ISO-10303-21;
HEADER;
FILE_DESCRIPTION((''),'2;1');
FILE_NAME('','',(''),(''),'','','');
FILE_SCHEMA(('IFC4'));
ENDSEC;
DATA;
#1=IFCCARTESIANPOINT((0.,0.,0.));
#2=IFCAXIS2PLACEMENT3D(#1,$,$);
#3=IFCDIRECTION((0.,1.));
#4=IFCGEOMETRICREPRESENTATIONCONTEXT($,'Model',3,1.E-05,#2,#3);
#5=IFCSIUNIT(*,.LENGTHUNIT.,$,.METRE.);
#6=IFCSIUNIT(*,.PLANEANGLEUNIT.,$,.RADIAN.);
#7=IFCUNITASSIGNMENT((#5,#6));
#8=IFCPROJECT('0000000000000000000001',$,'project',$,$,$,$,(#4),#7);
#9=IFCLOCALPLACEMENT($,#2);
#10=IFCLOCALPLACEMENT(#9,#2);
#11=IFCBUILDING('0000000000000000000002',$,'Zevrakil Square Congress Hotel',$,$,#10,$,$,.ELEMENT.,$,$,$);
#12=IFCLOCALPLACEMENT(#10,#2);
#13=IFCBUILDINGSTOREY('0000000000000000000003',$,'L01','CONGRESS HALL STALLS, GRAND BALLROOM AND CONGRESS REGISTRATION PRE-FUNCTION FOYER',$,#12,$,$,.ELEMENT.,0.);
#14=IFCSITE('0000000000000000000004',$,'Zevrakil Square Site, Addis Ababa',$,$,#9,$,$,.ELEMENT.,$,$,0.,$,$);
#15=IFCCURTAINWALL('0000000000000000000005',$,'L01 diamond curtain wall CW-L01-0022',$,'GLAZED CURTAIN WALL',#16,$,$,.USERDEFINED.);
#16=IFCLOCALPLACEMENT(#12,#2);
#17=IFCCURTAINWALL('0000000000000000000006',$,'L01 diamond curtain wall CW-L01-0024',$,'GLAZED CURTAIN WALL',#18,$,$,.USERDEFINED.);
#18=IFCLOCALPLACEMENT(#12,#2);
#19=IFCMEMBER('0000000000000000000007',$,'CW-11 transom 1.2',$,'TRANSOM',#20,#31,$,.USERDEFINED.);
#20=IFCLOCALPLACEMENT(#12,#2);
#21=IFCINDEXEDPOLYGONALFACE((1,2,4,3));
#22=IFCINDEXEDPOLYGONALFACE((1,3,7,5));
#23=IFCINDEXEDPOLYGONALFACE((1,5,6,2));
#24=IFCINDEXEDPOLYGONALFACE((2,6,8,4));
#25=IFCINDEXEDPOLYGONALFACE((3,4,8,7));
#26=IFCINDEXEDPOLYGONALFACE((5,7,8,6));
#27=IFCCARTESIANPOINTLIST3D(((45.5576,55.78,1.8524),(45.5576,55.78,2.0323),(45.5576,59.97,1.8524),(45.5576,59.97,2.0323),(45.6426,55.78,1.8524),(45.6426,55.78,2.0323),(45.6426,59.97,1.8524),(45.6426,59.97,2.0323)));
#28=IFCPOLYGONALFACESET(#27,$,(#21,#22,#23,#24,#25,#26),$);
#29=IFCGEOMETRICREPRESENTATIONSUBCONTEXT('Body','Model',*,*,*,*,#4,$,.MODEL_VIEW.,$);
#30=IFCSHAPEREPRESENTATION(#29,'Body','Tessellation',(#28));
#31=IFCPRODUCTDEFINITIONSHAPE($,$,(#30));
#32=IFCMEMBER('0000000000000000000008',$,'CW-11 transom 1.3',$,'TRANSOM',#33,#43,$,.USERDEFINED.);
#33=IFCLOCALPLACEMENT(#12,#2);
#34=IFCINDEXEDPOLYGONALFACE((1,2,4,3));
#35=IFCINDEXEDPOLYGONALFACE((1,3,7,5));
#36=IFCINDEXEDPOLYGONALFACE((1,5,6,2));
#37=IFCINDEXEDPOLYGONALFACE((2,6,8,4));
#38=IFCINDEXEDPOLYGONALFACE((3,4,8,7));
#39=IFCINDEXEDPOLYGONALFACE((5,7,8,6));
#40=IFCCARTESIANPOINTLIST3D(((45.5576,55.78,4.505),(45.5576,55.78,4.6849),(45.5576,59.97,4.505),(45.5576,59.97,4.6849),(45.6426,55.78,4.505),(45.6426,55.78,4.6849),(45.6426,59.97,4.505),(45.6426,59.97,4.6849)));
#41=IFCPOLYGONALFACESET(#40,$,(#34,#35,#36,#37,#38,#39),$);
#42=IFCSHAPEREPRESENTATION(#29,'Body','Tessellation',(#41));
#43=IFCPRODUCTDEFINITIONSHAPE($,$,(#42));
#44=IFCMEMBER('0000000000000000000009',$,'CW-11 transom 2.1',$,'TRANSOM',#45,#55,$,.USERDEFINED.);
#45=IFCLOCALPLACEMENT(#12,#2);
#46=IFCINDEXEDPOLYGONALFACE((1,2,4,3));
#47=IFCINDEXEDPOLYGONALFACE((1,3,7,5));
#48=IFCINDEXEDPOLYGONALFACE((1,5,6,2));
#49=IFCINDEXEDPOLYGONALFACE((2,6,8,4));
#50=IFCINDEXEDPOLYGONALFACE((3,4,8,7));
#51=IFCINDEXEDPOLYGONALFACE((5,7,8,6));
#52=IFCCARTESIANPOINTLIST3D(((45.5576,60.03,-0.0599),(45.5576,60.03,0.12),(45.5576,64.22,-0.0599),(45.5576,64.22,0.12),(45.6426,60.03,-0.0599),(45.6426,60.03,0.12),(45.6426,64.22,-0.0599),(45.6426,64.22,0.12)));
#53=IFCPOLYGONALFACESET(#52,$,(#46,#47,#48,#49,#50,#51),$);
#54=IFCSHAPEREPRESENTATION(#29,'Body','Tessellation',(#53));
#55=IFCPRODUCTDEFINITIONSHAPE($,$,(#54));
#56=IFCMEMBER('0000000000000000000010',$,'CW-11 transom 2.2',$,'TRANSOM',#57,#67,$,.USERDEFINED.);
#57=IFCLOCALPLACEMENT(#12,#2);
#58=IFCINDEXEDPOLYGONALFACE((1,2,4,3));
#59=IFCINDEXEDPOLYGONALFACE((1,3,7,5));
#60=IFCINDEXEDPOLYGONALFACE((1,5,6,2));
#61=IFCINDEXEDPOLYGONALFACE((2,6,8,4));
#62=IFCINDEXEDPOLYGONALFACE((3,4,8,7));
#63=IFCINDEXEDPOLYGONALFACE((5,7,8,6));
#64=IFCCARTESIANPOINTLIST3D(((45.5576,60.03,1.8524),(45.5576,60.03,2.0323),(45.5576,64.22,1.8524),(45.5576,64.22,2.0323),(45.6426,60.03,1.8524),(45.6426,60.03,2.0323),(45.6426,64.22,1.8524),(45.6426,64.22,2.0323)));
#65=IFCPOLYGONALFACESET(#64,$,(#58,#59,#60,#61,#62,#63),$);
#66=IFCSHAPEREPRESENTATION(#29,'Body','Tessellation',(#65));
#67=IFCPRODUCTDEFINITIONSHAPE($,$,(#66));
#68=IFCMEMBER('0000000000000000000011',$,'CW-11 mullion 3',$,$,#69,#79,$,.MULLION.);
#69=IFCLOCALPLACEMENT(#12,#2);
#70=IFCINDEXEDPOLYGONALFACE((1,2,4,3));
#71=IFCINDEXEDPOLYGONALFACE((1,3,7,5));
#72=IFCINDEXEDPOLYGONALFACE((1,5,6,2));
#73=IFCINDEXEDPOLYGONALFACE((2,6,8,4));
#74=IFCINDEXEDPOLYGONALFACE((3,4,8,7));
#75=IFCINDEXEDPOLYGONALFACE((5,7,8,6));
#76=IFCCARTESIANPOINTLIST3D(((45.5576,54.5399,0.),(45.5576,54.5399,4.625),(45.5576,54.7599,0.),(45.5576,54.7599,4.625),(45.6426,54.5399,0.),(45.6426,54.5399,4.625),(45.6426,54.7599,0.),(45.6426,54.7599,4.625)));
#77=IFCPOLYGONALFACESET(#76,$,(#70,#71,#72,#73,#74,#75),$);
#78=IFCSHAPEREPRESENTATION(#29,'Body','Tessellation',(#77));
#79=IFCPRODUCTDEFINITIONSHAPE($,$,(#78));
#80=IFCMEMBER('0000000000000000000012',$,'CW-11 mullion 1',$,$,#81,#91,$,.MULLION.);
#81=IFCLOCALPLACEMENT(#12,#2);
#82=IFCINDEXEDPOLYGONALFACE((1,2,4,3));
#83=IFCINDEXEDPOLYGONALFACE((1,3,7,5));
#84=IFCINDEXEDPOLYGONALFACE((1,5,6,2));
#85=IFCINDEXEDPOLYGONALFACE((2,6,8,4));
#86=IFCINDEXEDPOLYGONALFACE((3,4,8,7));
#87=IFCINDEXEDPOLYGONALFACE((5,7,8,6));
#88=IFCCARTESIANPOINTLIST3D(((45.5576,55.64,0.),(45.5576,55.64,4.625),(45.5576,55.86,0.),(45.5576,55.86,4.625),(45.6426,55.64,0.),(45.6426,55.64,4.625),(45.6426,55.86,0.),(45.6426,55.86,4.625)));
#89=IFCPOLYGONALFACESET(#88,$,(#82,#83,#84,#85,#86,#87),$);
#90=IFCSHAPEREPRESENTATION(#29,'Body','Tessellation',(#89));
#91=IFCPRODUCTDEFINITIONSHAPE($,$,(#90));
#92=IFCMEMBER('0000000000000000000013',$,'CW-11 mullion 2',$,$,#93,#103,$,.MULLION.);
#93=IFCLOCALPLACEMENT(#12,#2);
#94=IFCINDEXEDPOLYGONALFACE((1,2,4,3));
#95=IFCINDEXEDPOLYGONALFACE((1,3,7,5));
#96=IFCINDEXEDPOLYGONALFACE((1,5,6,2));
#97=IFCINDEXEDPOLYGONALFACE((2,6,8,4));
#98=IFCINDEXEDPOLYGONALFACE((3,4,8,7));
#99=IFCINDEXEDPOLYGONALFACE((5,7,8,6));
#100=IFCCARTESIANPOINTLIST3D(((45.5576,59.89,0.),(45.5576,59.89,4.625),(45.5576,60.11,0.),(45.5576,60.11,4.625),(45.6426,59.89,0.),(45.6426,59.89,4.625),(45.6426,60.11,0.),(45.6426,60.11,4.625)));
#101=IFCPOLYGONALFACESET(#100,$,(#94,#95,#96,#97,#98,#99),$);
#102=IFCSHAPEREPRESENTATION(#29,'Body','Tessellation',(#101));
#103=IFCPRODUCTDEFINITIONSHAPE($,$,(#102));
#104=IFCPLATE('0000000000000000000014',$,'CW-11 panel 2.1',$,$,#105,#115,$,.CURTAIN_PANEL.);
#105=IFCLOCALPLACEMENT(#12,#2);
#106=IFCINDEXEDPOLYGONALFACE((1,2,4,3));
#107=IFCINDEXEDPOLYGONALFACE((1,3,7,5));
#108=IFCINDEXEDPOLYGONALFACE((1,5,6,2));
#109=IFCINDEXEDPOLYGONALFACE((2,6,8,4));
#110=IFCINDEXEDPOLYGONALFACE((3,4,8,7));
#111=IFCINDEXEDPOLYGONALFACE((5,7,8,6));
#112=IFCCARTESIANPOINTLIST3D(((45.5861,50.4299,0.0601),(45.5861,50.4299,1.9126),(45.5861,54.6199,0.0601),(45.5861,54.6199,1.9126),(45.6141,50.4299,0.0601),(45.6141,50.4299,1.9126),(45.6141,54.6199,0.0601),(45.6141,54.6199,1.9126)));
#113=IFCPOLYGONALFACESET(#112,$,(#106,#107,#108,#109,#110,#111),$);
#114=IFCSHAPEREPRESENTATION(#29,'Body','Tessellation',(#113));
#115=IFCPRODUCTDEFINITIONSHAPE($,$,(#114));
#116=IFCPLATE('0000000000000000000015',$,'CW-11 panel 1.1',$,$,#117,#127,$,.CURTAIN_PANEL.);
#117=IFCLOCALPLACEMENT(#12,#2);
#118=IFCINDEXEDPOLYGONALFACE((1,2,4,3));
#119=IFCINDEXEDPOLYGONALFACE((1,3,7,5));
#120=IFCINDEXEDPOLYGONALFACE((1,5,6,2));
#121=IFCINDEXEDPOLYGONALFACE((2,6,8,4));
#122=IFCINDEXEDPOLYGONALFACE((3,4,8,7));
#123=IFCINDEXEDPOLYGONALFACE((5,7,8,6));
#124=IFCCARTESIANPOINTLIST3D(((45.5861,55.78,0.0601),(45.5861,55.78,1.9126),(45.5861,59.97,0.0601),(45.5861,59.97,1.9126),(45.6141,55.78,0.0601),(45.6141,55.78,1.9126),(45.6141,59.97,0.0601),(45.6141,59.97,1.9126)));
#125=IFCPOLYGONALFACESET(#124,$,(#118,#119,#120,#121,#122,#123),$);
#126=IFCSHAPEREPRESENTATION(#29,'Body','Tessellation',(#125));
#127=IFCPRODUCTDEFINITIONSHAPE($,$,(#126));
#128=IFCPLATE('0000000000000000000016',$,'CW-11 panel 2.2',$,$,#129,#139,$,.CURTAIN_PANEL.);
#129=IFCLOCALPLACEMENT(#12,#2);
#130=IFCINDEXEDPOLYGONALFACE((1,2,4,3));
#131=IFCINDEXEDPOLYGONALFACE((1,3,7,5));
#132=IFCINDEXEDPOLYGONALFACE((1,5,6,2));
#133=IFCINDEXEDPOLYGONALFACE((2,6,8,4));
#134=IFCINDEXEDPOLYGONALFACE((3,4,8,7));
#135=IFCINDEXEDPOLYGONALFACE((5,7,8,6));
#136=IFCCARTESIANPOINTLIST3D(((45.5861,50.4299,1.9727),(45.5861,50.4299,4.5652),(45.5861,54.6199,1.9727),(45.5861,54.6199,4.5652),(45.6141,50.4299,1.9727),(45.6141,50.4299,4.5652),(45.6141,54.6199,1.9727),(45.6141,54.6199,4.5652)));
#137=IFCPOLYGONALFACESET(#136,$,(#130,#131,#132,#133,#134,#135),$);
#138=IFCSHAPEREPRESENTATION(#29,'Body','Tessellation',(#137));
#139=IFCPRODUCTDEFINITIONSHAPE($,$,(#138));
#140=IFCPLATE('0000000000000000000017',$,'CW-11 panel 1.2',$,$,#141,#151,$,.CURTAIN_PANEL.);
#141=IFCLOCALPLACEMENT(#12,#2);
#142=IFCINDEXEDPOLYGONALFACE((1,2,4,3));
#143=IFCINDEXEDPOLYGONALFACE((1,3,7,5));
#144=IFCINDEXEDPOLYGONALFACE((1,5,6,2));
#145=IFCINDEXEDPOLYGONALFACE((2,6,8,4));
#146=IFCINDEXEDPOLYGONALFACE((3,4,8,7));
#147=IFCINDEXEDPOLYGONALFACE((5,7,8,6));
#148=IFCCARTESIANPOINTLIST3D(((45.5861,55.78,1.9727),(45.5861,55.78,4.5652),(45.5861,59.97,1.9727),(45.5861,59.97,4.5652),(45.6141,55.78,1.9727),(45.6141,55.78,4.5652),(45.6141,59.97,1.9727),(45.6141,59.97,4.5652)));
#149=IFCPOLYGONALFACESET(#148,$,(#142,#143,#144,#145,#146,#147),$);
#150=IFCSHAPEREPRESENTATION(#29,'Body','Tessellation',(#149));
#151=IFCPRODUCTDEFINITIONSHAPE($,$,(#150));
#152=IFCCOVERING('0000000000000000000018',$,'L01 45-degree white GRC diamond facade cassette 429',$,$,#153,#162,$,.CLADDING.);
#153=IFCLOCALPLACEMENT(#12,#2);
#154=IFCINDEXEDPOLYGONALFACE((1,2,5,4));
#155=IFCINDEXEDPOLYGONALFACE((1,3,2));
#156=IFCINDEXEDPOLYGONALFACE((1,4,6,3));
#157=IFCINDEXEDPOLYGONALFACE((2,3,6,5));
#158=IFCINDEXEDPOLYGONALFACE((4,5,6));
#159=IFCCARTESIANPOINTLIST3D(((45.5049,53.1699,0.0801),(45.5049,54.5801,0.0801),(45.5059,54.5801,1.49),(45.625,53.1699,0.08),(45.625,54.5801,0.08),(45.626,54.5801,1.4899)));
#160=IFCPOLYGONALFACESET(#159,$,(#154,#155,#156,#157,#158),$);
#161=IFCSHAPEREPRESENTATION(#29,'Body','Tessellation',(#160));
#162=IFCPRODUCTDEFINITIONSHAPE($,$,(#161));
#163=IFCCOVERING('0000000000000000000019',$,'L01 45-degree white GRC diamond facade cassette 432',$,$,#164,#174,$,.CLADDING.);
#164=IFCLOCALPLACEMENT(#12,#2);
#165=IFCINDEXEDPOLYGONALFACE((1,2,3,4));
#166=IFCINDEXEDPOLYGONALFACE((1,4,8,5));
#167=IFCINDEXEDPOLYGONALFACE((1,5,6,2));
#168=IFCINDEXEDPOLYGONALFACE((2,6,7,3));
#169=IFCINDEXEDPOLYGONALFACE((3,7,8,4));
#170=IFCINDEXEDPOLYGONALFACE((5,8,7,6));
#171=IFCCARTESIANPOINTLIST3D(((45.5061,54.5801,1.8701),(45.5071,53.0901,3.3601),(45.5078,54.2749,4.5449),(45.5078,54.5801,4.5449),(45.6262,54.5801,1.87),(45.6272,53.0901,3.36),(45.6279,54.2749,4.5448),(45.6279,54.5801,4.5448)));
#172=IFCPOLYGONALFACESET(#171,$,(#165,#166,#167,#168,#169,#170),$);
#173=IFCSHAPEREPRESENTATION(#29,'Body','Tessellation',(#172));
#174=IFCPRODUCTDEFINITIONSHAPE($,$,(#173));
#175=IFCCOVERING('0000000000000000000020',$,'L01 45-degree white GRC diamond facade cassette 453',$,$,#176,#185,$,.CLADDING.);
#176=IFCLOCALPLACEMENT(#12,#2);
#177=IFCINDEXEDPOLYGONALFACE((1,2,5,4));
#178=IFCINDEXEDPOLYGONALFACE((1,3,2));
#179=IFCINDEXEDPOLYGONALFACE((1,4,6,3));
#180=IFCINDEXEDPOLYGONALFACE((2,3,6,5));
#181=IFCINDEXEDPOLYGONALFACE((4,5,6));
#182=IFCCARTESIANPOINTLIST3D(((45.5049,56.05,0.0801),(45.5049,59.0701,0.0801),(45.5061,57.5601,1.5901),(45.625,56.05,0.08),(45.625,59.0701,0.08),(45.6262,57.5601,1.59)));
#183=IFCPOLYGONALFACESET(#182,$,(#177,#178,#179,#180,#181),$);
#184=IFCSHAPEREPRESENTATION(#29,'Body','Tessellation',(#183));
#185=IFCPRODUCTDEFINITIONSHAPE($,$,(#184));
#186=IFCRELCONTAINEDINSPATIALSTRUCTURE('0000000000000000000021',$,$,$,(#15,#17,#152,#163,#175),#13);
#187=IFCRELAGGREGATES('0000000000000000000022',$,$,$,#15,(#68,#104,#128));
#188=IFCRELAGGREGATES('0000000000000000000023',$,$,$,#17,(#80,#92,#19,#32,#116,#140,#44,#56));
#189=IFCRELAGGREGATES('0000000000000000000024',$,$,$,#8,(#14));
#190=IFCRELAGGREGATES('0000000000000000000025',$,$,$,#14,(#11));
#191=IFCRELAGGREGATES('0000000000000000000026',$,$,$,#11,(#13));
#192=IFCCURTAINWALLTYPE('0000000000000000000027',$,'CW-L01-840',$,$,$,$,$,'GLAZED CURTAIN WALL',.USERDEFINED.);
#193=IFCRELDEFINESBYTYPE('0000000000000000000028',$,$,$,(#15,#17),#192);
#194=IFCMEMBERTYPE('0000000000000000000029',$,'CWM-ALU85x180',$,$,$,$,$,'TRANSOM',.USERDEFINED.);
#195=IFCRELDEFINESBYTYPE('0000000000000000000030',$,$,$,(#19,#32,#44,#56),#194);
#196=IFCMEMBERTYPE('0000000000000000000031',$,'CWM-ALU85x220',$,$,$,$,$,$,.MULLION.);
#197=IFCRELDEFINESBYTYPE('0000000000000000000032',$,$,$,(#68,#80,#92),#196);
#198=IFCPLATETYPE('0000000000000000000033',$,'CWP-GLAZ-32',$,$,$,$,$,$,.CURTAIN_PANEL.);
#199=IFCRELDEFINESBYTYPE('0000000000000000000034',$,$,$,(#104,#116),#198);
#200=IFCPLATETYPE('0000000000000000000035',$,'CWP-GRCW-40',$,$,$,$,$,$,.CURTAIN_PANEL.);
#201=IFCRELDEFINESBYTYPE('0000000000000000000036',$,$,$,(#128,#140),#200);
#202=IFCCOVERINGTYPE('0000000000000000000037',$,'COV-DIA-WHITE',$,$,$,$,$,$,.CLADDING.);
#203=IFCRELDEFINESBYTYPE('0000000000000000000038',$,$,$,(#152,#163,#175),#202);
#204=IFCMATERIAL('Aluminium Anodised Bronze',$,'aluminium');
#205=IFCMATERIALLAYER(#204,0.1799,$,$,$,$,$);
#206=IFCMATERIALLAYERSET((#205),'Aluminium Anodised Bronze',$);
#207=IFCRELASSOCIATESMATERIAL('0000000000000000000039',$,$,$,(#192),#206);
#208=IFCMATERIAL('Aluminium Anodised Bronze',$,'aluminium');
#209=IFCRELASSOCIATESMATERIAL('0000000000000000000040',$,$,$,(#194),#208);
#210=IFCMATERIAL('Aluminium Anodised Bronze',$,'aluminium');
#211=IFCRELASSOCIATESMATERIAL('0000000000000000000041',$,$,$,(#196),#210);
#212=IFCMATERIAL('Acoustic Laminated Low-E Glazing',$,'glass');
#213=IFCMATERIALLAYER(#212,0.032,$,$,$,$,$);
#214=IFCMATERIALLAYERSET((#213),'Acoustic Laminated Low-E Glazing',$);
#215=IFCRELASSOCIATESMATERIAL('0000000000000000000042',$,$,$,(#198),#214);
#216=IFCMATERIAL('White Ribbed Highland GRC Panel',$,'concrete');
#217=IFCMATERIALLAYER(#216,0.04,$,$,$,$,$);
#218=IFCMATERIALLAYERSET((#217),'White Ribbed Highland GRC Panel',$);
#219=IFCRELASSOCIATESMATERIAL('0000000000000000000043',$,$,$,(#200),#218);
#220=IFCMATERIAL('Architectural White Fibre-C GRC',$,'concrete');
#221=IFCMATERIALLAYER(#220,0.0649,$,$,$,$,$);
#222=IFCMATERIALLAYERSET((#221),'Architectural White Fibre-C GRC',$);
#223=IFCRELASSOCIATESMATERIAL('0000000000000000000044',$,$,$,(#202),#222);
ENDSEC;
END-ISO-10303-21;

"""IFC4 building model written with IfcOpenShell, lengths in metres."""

from ifc_helpers import new_model, si_unit, direction, frame, origin, origin_2d, place, context, subcontext, project, spatial, polyline, rectangle, outline, extrude, material, layer, layer_set, material_profile, profile_set, type_object, element, aggregate, save


model = new_model("IFC4")

# Units and contexts
model_context = context("Model", 3, precision=1e-05, world=origin(), true_north=direction((0.0, 1.0)))
body_context = subcontext(model_context, "Body", "Model", "MODEL_VIEW")
ifc_project = project(units=[si_unit("LENGTHUNIT", "METRE"), si_unit("PLANEANGLEUNIT", "RADIAN")], contexts=[model_context])

# Site, building, storey
site_placement = place(None, origin())
site = spatial("IfcSite", under=ifc_project, at=site_placement, Name="Zevrakil Square Site, Addis Ababa", CompositionType="ELEMENT", RefElevation=0.0)
building_placement = place(site_placement, origin())
building = spatial("IfcBuilding", under=site, at=building_placement, Name="Zevrakil Square Congress Hotel", CompositionType="ELEMENT")
storey_placement = place(building_placement, origin())
storey = spatial("IfcBuildingStorey", under=building, at=storey_placement, Name="L01", Description="CONGRESS HALL STALLS, GRAND BALLROOM AND CONGRESS REGISTRATION PRE-FUNCTION FOYER", CompositionType="ELEMENT", Elevation=0.0)

# Curtain walls, members
ifc_material_1 = material(Name="Aluminium Anodised Bronze", Category="aluminium")
ifc_layer_1 = layer(ifc_material_1, 0.1799)
ifc_layer_set_1 = layer_set([ifc_layer_1], Name="Aluminium Anodised Bronze")
curtain_wall_type = type_object("IfcCurtainWallType", Name="CW-L01-840", ElementType="GLAZED CURTAIN WALL", PredefinedType="USERDEFINED", material=ifc_layer_set_1)
curtain_wall_1_placement = place(storey_placement, origin())
curtain_wall_1 = element("IfcCurtainWall", 1, at=curtain_wall_1_placement, inside=storey, type_object=curtain_wall_type, Name="L01 diamond curtain wall CW-L01-0022", ObjectType="GLAZED CURTAIN WALL", PredefinedType="USERDEFINED")
ifc_material_2 = material(Name="Aluminium Anodised Bronze", Category="aluminium")
ifc_material_profile_1 = material_profile(ifc_material_2, rectangle(XDim=0.085, YDim=0.1799, at=origin_2d()), Name="ALU 85x180")
ifc_profile_set_1 = profile_set([ifc_material_profile_1], Name="Aluminium Anodised Bronze")
member_type_1 = type_object("IfcMemberType", Name="CWM-ALU85x180", ElementType="TRANSOM", PredefinedType="USERDEFINED", material=ifc_profile_set_1)
curtain_wall_2_placement = place(storey_placement, origin())
curtain_wall_2 = element("IfcCurtainWall", 2, at=curtain_wall_2_placement, inside=storey, type_object=curtain_wall_type, Name="L01 diamond curtain wall CW-L01-0024", ObjectType="GLAZED CURTAIN WALL", PredefinedType="USERDEFINED")
member_1_placement = place(storey_placement, frame((45.6001, 55.78, 1.9424), z_axis=(0.0, 1.0, 0.0), x_axis=(-1.0, 0.0, 0.0)))
member_1 = element("IfcMember", 3, at=member_1_placement, type_object=member_type_1, Name="CW-11 transom 1.2", ObjectType="TRANSOM", PredefinedType="USERDEFINED", context=body_context, shape_type="SweptSolid", body=[
    extrude(rectangle(XDim=0.085, YDim=0.1799, at=origin_2d()), origin(), (0.0, 0.0, 1.0), 4.1899),
])
member_2_placement = place(storey_placement, frame((45.6001, 55.78, 4.595), z_axis=(0.0, 1.0, 0.0), x_axis=(-1.0, 0.0, 0.0)))
member_2 = element("IfcMember", 4, at=member_2_placement, type_object=member_type_1, Name="CW-11 transom 1.3", ObjectType="TRANSOM", PredefinedType="USERDEFINED", context=body_context, shape_type="SweptSolid", body=[
    extrude(rectangle(XDim=0.085, YDim=0.1799, at=origin_2d()), origin(), (0.0, 0.0, 1.0), 4.1899),
])
member_3_placement = place(storey_placement, frame((45.6001, 60.03, 0.03), z_axis=(0.0, 1.0, 0.0), x_axis=(-1.0, 0.0, 0.0)))
member_3 = element("IfcMember", 5, at=member_3_placement, type_object=member_type_1, Name="CW-11 transom 2.1", ObjectType="TRANSOM", PredefinedType="USERDEFINED", context=body_context, shape_type="SweptSolid", body=[
    extrude(rectangle(XDim=0.085, YDim=0.1799, at=origin_2d()), origin(), (0.0, 0.0, 1.0), 4.1899),
])
member_4_placement = place(storey_placement, frame((45.6001, 60.03, 1.9424), z_axis=(0.0, 1.0, 0.0), x_axis=(-1.0, 0.0, 0.0)))
member_4 = element("IfcMember", 6, at=member_4_placement, type_object=member_type_1, Name="CW-11 transom 2.2", ObjectType="TRANSOM", PredefinedType="USERDEFINED", context=body_context, shape_type="SweptSolid", body=[
    extrude(rectangle(XDim=0.085, YDim=0.1799, at=origin_2d()), origin(), (0.0, 0.0, 1.0), 4.1899),
])

# Members
ifc_material_3 = material(Name="Aluminium Anodised Bronze", Category="aluminium")
ifc_material_profile_2 = material_profile(ifc_material_3, rectangle(XDim=0.085, YDim=0.22, at=origin_2d()), Name="ALU 85x220")
ifc_profile_set_2 = profile_set([ifc_material_profile_2], Name="Aluminium Anodised Bronze")
member_type_2 = type_object("IfcMemberType", Name="CWM-ALU85x220", PredefinedType="MULLION", material=ifc_profile_set_2)
member_5_placement = place(storey_placement, frame((45.6001, 54.6499, 0.0), z_axis=(0.0, 0.0, 1.0), x_axis=(-1.0, 0.0, 0.0)))
member_5 = element("IfcMember", 7, at=member_5_placement, type_object=member_type_2, Name="CW-11 mullion 3", PredefinedType="MULLION", context=body_context, shape_type="SweptSolid", body=[
    extrude(rectangle(XDim=0.085, YDim=0.22, at=origin_2d()), origin(), (0.0, 0.0, 1.0), 4.625),
])
member_6_placement = place(storey_placement, frame((45.6001, 55.75, 0.0), z_axis=(0.0, 0.0, 1.0), x_axis=(-1.0, 0.0, 0.0)))
member_6 = element("IfcMember", 8, at=member_6_placement, type_object=member_type_2, Name="CW-11 mullion 1", PredefinedType="MULLION", context=body_context, shape_type="SweptSolid", body=[
    extrude(rectangle(XDim=0.085, YDim=0.22, at=origin_2d()), origin(), (0.0, 0.0, 1.0), 4.625),
])
member_7_placement = place(storey_placement, frame((45.6001, 60.0, 0.0), z_axis=(0.0, 0.0, 1.0), x_axis=(-1.0, 0.0, 0.0)))
member_7 = element("IfcMember", 9, at=member_7_placement, type_object=member_type_2, Name="CW-11 mullion 2", PredefinedType="MULLION", context=body_context, shape_type="SweptSolid", body=[
    extrude(rectangle(XDim=0.085, YDim=0.22, at=origin_2d()), origin(), (0.0, 0.0, 1.0), 4.625),
])

# Plates
ifc_material_4 = material(Name="Acoustic Laminated Low-E Glazing", Category="glass")
ifc_layer_2 = layer(ifc_material_4, 0.032)
ifc_layer_set_2 = layer_set([ifc_layer_2], Name="Acoustic Laminated Low-E Glazing")
plate_type_1 = type_object("IfcPlateType", Name="CWP-GLAZ-32", PredefinedType="CURTAIN_PANEL", material=ifc_layer_set_2)
plate_1_placement = place(storey_placement, frame((45.6001, 52.5249, 0.0601), z_axis=(0.0, 0.0, 1.0), x_axis=(0.0, 1.0, 0.0)))
plate_1 = element("IfcPlate", 10, at=plate_1_placement, type_object=plate_type_1, Name="CW-11 panel 2.1", PredefinedType="CURTAIN_PANEL", context=body_context, shape_type="SweptSolid", body=[
    extrude(rectangle(XDim=4.1899, YDim=0.0281, at=origin_2d()), origin(), (0.0, 0.0, 1.0), 1.8525),
])
plate_2_placement = place(storey_placement, frame((45.6001, 57.875, 0.0601), z_axis=(0.0, 0.0, 1.0), x_axis=(0.0, 1.0, 0.0)))
plate_2 = element("IfcPlate", 11, at=plate_2_placement, type_object=plate_type_1, Name="CW-11 panel 1.1", PredefinedType="CURTAIN_PANEL", context=body_context, shape_type="SweptSolid", body=[
    extrude(rectangle(XDim=4.1899, YDim=0.0281, at=origin_2d()), origin(), (0.0, 0.0, 1.0), 1.8525),
])
ifc_material_5 = material(Name="White Ribbed Highland GRC Panel", Category="concrete")
ifc_layer_3 = layer(ifc_material_5, 0.04)
ifc_layer_set_3 = layer_set([ifc_layer_3], Name="White Ribbed Highland GRC Panel")
plate_type_2 = type_object("IfcPlateType", Name="CWP-GRCW-40", PredefinedType="CURTAIN_PANEL", material=ifc_layer_set_3)
plate_3_placement = place(storey_placement, frame((45.6001, 52.5249, 1.9727), z_axis=(0.0, 0.0, 1.0), x_axis=(0.0, 1.0, 0.0)))
plate_3 = element("IfcPlate", 12, at=plate_3_placement, type_object=plate_type_2, Name="CW-11 panel 2.2", PredefinedType="CURTAIN_PANEL", context=body_context, shape_type="SweptSolid", body=[
    extrude(rectangle(XDim=4.1899, YDim=0.0281, at=origin_2d()), origin(), (0.0, 0.0, 1.0), 2.5925),
])
aggregate(curtain_wall_1, [member_5, plate_1, plate_3])
plate_4_placement = place(storey_placement, frame((45.6001, 57.875, 1.9727), z_axis=(0.0, 0.0, 1.0), x_axis=(0.0, 1.0, 0.0)))
plate_4 = element("IfcPlate", 13, at=plate_4_placement, type_object=plate_type_2, Name="CW-11 panel 1.2", PredefinedType="CURTAIN_PANEL", context=body_context, shape_type="SweptSolid", body=[
    extrude(rectangle(XDim=4.1899, YDim=0.0281, at=origin_2d()), origin(), (0.0, 0.0, 1.0), 2.5925),
])
aggregate(curtain_wall_2, [member_6, member_7, member_1, member_2, plate_2, plate_4, member_3, member_4])

# Coverings
ifc_material_6 = material(Name="Architectural White Fibre-C GRC", Category="concrete")
ifc_layer_4 = layer(ifc_material_6, 0.0649)
ifc_layer_set_4 = layer_set([ifc_layer_4], Name="Architectural White Fibre-C GRC")
covering_type_1 = type_object("IfcCoveringType", Name="COV-DIA-WHITE", PredefinedType="CLADDING", material=ifc_layer_set_4)
covering_1_placement = place(storey_placement, frame((45.5049, 53.1699, 0.0801), z_axis=(-1.0, 0.0, 0.000693), x_axis=(0.0, 1.0, 0.0)))
element("IfcCovering", 14, at=covering_1_placement, inside=storey, type_object=covering_type_1, Name="L01 45-degree white GRC diamond facade cassette 429", PredefinedType="CLADDING", context=body_context, shape_type="SweptSolid", body=[
    extrude(outline(polyline([(0.0, 0.0), (1.4102, 0.0), (1.4102, -1.4099), (0.0, 0.0)])), origin(), (0.0, 0.0, -1.0), 0.1201),
])
covering_2_placement = place(storey_placement, frame((45.5071, 53.0901, 3.3601), z_axis=(-1.0, -0.000015, 0.000637), x_axis=(-0.000461, 0.707107, -0.707107)))
element("IfcCovering", 15, at=covering_2_placement, inside=storey, type_object=covering_type_1, Name="L01 45-degree white GRC diamond facade cassette 432", PredefinedType="CLADDING", context=body_context, shape_type="SweptSolid", body=[
    extrude(outline(polyline([(0.0, 0.0), (2.1072, 0.0), (0.2158, -1.8914), (0.0, -1.6756), (0.0, 0.0)])), origin(), (0.0, 0.0, -1.0), 0.1201),
])
covering_3_placement = place(storey_placement, frame((45.5061, 57.5601, 1.5901), z_axis=(-1.0, 0.0, 0.000808), x_axis=(-0.000572, -0.707107, -0.707107)))
element("IfcCovering", 16, at=covering_3_placement, inside=storey, type_object=covering_type_1, Name="L01 45-degree white GRC diamond facade cassette 453", PredefinedType="CLADDING", context=body_context, shape_type="SweptSolid", body=[
    extrude(outline(polyline([(0.0, 0.0), (2.1355, 0.0), (0.0, -2.1355), (0.0, 0.0)])), origin(), (0.0, 0.0, -1.0), 0.1201),
])

save(model, "model.ifc")
